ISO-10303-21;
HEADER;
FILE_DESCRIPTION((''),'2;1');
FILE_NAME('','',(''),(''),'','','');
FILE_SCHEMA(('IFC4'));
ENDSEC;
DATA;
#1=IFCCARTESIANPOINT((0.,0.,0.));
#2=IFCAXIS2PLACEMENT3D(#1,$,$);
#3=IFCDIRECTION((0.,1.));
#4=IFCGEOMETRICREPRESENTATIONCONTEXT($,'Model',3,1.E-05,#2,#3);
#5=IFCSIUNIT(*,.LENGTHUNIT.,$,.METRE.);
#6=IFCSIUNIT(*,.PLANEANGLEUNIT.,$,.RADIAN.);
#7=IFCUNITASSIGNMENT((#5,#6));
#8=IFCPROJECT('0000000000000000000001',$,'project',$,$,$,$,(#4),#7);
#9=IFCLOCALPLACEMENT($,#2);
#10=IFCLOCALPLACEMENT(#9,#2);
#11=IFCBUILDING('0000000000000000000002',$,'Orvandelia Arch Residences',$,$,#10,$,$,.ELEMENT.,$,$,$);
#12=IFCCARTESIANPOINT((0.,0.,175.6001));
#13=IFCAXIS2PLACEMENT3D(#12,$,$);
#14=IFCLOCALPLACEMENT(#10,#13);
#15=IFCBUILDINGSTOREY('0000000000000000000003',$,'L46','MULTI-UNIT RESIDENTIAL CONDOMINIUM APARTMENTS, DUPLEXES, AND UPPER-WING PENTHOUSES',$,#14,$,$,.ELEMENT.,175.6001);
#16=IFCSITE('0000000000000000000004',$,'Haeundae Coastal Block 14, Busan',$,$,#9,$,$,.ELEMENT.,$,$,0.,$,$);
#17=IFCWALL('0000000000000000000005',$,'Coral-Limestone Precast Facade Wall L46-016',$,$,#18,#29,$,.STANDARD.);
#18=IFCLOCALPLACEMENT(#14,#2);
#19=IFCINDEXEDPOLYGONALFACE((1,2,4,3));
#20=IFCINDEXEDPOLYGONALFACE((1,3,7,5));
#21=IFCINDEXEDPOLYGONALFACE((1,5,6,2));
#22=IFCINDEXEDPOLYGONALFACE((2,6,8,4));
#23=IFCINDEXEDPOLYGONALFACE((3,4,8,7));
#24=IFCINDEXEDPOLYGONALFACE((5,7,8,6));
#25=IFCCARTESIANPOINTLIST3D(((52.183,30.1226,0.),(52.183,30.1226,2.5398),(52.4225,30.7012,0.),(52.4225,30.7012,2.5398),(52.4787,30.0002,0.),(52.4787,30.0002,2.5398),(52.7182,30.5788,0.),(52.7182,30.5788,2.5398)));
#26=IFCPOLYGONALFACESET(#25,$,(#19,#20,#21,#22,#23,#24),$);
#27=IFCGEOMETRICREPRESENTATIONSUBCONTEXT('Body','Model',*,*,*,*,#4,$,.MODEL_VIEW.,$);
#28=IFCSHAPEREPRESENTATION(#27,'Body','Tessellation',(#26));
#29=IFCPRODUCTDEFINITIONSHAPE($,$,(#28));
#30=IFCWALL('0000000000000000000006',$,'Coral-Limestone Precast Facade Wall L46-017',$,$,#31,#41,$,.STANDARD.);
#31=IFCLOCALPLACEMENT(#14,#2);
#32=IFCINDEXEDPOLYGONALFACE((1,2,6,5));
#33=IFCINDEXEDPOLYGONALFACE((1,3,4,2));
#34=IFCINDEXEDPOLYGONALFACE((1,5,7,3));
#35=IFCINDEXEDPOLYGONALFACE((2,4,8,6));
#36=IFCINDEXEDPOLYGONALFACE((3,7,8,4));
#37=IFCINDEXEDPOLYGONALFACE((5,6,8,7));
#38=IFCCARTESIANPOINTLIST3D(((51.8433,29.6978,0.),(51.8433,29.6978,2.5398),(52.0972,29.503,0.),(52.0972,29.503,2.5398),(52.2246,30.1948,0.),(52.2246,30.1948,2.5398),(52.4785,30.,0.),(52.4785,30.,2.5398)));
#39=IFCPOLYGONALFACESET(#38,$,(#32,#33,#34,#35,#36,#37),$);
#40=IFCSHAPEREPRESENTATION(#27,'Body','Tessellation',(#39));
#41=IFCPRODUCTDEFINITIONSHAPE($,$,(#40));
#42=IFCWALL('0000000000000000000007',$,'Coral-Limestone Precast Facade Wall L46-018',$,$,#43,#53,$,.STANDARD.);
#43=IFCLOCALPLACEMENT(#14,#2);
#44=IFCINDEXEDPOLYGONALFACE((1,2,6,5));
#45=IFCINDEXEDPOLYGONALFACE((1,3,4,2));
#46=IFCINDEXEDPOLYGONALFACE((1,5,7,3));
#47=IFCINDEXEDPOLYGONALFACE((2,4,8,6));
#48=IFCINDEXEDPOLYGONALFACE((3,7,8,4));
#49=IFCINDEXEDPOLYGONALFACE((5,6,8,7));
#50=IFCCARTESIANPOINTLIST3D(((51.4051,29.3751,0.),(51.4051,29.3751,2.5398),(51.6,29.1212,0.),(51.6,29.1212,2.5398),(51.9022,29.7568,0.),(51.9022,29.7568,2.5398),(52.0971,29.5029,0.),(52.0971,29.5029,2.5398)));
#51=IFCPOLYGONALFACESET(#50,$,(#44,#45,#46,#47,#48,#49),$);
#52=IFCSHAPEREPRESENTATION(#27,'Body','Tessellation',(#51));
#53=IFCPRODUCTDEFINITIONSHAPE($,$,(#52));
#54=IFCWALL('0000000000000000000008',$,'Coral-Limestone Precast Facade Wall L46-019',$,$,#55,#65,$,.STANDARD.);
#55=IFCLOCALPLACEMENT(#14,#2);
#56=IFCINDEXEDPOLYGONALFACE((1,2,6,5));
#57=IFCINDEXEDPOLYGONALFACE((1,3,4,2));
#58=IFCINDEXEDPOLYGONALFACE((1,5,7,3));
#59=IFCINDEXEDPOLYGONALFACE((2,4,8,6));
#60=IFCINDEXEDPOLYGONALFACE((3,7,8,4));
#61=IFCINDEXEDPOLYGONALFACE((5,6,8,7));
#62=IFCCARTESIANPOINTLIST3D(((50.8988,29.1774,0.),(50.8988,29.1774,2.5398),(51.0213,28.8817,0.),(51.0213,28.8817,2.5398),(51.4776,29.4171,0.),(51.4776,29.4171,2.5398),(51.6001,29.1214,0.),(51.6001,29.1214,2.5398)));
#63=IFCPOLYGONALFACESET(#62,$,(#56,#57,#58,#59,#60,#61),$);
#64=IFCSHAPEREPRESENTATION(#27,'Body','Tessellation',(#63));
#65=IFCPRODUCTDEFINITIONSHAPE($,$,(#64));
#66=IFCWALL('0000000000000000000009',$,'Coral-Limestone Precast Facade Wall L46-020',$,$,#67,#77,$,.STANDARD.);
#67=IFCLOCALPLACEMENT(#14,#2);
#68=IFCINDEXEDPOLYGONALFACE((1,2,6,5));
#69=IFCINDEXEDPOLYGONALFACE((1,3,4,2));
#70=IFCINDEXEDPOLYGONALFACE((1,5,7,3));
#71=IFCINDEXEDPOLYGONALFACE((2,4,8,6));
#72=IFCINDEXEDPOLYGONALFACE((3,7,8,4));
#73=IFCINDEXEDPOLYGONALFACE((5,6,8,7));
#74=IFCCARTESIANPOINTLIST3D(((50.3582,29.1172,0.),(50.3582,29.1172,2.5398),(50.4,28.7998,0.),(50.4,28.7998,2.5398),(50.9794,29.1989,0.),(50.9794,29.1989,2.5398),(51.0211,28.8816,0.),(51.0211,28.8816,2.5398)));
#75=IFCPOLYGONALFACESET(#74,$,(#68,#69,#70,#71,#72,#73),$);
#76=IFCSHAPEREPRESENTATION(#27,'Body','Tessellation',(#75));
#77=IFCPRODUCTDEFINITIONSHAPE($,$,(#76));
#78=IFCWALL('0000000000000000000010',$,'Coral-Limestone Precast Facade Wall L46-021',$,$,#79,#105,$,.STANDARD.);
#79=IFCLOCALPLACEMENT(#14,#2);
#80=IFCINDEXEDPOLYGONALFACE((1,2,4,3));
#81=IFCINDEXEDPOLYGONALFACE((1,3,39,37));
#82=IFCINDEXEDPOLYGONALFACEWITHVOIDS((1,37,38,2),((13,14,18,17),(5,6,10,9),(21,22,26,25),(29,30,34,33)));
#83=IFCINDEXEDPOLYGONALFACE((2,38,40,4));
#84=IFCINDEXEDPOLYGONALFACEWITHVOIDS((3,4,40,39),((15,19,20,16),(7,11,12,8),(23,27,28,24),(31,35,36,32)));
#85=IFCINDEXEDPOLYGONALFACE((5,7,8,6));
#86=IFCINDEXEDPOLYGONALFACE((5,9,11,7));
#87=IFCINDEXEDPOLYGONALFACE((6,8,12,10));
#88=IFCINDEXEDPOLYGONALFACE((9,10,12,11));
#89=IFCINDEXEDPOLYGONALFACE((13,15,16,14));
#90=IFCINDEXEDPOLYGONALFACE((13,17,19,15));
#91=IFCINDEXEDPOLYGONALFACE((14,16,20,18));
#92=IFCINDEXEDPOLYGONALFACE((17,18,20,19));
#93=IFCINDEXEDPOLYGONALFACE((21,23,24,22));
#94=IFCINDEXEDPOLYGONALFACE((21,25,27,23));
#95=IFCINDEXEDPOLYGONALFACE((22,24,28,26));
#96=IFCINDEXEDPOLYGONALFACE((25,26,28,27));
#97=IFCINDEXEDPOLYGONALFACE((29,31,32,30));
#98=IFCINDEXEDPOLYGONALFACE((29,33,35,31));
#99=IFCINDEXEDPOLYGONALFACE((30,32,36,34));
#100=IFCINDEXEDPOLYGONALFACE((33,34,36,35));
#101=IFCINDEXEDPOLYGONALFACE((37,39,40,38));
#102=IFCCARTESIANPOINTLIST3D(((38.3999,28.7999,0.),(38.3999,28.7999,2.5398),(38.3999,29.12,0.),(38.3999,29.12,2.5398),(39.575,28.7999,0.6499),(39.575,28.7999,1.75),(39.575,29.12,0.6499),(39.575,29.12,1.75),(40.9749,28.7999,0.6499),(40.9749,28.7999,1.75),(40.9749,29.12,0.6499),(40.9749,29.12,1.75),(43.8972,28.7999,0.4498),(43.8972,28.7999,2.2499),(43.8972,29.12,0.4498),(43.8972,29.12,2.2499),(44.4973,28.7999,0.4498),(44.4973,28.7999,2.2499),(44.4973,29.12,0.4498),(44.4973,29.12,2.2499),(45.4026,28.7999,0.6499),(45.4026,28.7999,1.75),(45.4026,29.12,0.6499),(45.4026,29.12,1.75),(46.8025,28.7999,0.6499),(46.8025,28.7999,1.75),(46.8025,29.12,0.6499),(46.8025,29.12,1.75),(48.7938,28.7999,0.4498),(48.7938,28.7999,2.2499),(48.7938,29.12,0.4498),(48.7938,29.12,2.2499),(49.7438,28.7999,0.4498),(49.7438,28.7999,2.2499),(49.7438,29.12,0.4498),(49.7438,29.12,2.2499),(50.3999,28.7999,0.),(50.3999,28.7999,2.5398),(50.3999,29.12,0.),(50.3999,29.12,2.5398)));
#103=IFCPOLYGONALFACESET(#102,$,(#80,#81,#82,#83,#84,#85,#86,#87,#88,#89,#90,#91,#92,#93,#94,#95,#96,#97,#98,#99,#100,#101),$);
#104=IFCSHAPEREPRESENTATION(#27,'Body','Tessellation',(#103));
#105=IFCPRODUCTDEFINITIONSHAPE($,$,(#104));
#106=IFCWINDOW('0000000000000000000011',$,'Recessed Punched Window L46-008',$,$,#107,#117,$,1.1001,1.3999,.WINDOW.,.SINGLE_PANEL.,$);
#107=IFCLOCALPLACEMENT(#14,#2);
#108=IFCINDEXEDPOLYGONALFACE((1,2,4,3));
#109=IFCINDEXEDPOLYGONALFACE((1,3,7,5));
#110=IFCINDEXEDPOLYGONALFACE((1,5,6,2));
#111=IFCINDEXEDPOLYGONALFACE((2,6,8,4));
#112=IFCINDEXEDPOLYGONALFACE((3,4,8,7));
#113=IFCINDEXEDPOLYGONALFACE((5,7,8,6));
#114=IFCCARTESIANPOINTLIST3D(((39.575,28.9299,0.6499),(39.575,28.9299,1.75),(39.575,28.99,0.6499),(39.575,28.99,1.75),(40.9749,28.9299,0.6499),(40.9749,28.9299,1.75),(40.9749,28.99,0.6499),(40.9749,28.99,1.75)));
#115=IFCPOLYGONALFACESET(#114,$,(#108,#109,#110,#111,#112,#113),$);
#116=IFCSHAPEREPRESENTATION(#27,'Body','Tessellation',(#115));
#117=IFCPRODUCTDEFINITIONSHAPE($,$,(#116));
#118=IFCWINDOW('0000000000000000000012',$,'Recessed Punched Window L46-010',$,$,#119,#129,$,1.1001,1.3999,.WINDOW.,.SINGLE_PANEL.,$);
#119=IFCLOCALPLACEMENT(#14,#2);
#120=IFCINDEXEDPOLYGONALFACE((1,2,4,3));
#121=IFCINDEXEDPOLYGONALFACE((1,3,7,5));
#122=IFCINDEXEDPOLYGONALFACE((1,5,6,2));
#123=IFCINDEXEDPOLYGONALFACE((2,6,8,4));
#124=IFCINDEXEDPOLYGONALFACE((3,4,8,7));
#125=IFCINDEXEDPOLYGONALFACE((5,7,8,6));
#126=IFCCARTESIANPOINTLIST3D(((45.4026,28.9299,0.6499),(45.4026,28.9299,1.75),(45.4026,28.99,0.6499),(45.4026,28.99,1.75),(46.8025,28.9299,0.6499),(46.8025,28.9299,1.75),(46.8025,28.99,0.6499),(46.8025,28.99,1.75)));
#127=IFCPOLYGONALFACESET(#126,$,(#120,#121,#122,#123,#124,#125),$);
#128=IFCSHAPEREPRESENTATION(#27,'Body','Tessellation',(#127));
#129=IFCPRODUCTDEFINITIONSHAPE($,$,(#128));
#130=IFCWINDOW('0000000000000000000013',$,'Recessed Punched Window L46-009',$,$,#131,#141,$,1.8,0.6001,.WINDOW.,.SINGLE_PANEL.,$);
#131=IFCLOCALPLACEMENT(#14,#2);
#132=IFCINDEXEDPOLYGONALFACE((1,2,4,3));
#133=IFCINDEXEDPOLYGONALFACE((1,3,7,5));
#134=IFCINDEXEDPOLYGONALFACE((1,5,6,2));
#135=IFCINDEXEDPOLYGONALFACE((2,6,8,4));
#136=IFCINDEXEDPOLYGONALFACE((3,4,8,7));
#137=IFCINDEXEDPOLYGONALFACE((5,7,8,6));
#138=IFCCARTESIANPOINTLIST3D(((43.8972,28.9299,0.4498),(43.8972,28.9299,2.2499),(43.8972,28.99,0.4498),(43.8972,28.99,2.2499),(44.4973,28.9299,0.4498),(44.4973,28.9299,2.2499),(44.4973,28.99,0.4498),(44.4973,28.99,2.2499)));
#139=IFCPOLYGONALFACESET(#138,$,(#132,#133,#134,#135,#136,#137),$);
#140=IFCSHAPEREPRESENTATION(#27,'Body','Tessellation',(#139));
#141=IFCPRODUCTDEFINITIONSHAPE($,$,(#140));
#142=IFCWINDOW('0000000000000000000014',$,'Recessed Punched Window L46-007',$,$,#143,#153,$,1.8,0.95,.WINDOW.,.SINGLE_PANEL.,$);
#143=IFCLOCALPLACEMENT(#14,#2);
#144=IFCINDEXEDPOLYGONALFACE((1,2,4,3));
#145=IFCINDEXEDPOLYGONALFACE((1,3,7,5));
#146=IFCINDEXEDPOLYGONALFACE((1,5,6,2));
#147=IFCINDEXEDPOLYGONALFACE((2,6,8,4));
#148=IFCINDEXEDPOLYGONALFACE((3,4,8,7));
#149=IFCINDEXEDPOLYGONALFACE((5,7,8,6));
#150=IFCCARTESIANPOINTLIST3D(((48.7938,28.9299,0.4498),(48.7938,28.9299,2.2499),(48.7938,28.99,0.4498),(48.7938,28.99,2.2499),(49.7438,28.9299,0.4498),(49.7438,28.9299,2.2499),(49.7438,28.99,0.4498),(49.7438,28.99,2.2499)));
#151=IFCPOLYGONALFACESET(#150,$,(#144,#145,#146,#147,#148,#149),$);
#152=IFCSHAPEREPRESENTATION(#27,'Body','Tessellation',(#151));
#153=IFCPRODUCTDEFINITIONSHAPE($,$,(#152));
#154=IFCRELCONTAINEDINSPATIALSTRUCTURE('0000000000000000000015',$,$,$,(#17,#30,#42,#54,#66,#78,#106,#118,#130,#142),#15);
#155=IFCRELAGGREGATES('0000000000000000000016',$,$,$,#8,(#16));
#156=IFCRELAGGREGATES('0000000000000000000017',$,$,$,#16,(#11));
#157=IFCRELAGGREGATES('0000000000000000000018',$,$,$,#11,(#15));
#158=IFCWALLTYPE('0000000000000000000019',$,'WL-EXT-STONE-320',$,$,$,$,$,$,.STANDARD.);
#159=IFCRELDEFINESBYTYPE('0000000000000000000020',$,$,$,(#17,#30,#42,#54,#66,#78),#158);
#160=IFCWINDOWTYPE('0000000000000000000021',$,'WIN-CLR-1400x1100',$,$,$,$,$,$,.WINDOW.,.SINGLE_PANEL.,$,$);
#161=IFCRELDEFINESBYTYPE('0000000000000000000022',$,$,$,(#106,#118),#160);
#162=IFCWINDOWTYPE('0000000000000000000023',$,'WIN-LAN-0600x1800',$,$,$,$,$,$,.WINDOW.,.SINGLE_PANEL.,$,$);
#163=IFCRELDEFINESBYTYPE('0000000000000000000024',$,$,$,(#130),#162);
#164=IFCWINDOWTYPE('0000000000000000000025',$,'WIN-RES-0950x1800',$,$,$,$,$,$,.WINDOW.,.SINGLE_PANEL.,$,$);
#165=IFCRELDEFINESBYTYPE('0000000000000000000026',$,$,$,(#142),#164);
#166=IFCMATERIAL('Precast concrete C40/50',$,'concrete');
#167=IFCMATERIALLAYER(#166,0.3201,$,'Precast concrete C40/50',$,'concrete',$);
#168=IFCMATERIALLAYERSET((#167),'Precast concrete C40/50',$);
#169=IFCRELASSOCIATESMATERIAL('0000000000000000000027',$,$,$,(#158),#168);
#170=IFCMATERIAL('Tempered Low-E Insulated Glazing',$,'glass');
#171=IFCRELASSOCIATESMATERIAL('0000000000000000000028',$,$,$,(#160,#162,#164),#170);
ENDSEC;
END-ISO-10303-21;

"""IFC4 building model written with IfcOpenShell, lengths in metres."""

from ifc_helpers import new_model, si_unit, direction, frame, frame_2d, origin, place, context, subcontext, project, spatial, rectangle, extrude, material, layer, layer_set, type_object, element, fill, save


model = new_model("IFC4")

# Units and contexts
model_context = context("Model", 3, precision=1e-05, world=origin(), true_north=direction((0.0, 1.0)))
body_context = subcontext(model_context, "Body", "Model", "MODEL_VIEW")
ifc_project = project(units=[si_unit("LENGTHUNIT", "METRE"), si_unit("PLANEANGLEUNIT", "RADIAN")], contexts=[model_context])

# Site, building, storey
site_placement = place(None, origin())
site = spatial("IfcSite", under=ifc_project, at=site_placement, Name="Haeundae Coastal Block 14, Busan", CompositionType="ELEMENT", RefElevation=0.0)
building_placement = place(site_placement, origin())
building = spatial("IfcBuilding", under=site, at=building_placement, Name="Orvandelia Arch Residences", CompositionType="ELEMENT")
storey_placement = place(building_placement, frame((0.0, 0.0, 175.6001)))
storey = spatial("IfcBuildingStorey", under=building, at=storey_placement, Name="L46", Description="MULTI-UNIT RESIDENTIAL CONDOMINIUM APARTMENTS, DUPLEXES, AND UPPER-WING PENTHOUSES", CompositionType="ELEMENT", Elevation=175.6001)

# Walls
ifc_material_1 = material(Name="Precast concrete C40/50", Category="concrete")
ifc_layer_1 = layer(ifc_material_1, 0.3201, Name="Precast concrete C40/50", Category="concrete")
ifc_layer_set_1 = layer_set([ifc_layer_1], Name="Precast concrete C40/50")
wall_type_1 = type_object("IfcWallType", Name="WL-EXT-STONE-320", PredefinedType="STANDARD", material=ifc_layer_set_1)
wall_1_placement = place(storey_placement, frame((52.5703, 30.6399, 0.0), z_axis=(0.0, 0.0, 1.0), x_axis=(-0.382455, -0.923974, 0.0)))
element("IfcWall", 1, at=wall_1_placement, inside=storey, type_object=wall_type_1, Name="Coral-Limestone Precast Facade Wall L46-016", PredefinedType="STANDARD", context=body_context, shape_type="SweptSolid", body=[
    extrude(rectangle(XDim=0.6262, YDim=0.3201, at=frame_2d((0.313, 0.0))), origin(), (0.0, 0.0, 1.0), 2.5398),
])
wall_2_placement = place(storey_placement, frame((52.3516, 30.0974, 0.0), z_axis=(0.0, 0.0, 1.0), x_axis=(-0.608693, -0.793406, 0.0)))
element("IfcWall", 2, at=wall_2_placement, inside=storey, type_object=wall_type_1, Name="Coral-Limestone Precast Facade Wall L46-017", PredefinedType="STANDARD", context=body_context, shape_type="SweptSolid", body=[
    extrude(rectangle(XDim=0.6265, YDim=0.3201, at=frame_2d((0.3132, 0.0))), origin(), (0.0, 0.0, 1.0), 2.5398),
])
wall_3_placement = place(storey_placement, frame((51.9998, 29.6299, 0.0), z_axis=(0.0, 0.0, 1.0), x_axis=(-0.793217, -0.608939, 0.0)))
element("IfcWall", 3, at=wall_3_placement, inside=storey, type_object=wall_type_1, Name="Coral-Limestone Precast Facade Wall L46-018", PredefinedType="STANDARD", context=body_context, shape_type="SweptSolid", body=[
    extrude(rectangle(XDim=0.6267, YDim=0.3201, at=frame_2d((0.3135, 0.0))), origin(), (0.0, 0.0, 1.0), 2.5398),
])
for number, where, z_axis, x_axis, name in (
    (4, (51.5388, 29.2693, 0.0), (0.0, 0.0, 1.0), (-0.923893, -0.38265, 0.0), "Coral-Limestone Precast Facade Wall L46-019"),
    (5, (51.0002, 29.0403, 0.0), (0.0, 0.0, 1.0), (-0.991441, -0.130555, 0.0), "Coral-Limestone Precast Facade Wall L46-020"),
):
    element("IfcWall", number, at=place(storey_placement, frame(where, z_axis=z_axis, x_axis=x_axis)), inside=storey, type_object=wall_type_1, Name=name, PredefinedType="STANDARD", context=body_context, shape_type="SweptSolid", body=[
        extrude(rectangle(XDim=0.6265, YDim=0.3201, at=frame_2d((0.3132, 0.0))), origin(), (0.0, 0.0, 1.0), 2.5398),
    ])

# Wall, openings, windows
wall_4_placement = place(storey_placement, frame((50.3999, 28.96, 0.0), z_axis=(0.0, 0.0, 1.0), x_axis=(-1.0, 0.0, 0.0)))
wall_4 = element("IfcWall", 6, at=wall_4_placement, inside=storey, type_object=wall_type_1, Name="Coral-Limestone Precast Facade Wall L46-021", PredefinedType="STANDARD", context=body_context, shape_type="SweptSolid", body=[
    extrude(rectangle(XDim=12.0, YDim=0.3201, at=frame_2d((6.0, 0.0))), origin(), (0.0, 0.0, 1.0), 2.5398),
])
opening_1_placement = place(wall_4_placement, frame((0.656, 0.0, 0.45)))
opening_1 = element("IfcOpeningElement", 7, at=opening_1_placement, cuts=wall_4, PredefinedType="OPENING", context=body_context, shape_type="SweptSolid", body=[
    extrude(rectangle(XDim=0.95, YDim=1.8, at=frame_2d((0.4751, 0.8999))), frame((0.0, 0.1699, 0.0), z_axis=(0.0, -1.0, 0.0), x_axis=(1.0, 0.0, 0.0)), (0.0, 0.0, 1.0), 0.3401),
])
opening_2_placement = place(wall_4_placement, frame((9.425, 0.0, 0.6499)))
opening_2 = element("IfcOpeningElement", 8, at=opening_2_placement, cuts=wall_4, PredefinedType="OPENING", context=body_context, shape_type="SweptSolid", body=[
    extrude(rectangle(XDim=1.3999, YDim=1.1001, at=frame_2d((0.7, 0.55))), frame((0.0, 0.1699, 0.0), z_axis=(0.0, -1.0, 0.0), x_axis=(1.0, 0.0, 0.0)), (0.0, 0.0, 1.0), 0.3401),
])
opening_3_placement = place(wall_4_placement, frame((5.9026, 0.0, 0.45)))
opening_3 = element("IfcOpeningElement", 9, at=opening_3_placement, cuts=wall_4, PredefinedType="OPENING", context=body_context, shape_type="SweptSolid", body=[
    extrude(rectangle(XDim=0.6001, YDim=1.8, at=frame_2d((0.3, 0.8999))), frame((0.0, 0.1699, 0.0), z_axis=(0.0, -1.0, 0.0), x_axis=(1.0, 0.0, 0.0)), (0.0, 0.0, 1.0), 0.3401),
])
opening_4_placement = place(wall_4_placement, frame((3.5974, 0.0, 0.6499)))
opening_4 = element("IfcOpeningElement", 10, at=opening_4_placement, cuts=wall_4, PredefinedType="OPENING", context=body_context, shape_type="SweptSolid", body=[
    extrude(rectangle(XDim=1.3999, YDim=1.1001, at=frame_2d((0.7, 0.55))), frame((0.0, 0.1699, 0.0), z_axis=(0.0, -1.0, 0.0), x_axis=(1.0, 0.0, 0.0)), (0.0, 0.0, 1.0), 0.3401),
])
ifc_material_2 = material(Name="Tempered Low-E Insulated Glazing", Category="glass")
window_type_1 = type_object("IfcWindowType", Name="WIN-CLR-1400x1100", PartitioningType="SINGLE_PANEL", PredefinedType="WINDOW", material=ifc_material_2)
window_1_placement = place(opening_2_placement, origin())
window_1 = element("IfcWindow", 11, at=window_1_placement, inside=storey, type_object=window_type_1, Name="Recessed Punched Window L46-008", OverallHeight=1.1001, OverallWidth=1.3999, PartitioningType="SINGLE_PANEL", PredefinedType="WINDOW", context=body_context, shape_type="SweptSolid", body=[
    extrude(rectangle(XDim=1.3999, YDim=1.1001, at=frame_2d((0.7, 0.55))), frame((0.0, 0.03, 0.0), z_axis=(0.0, -1.0, 0.0), x_axis=(1.0, 0.0, 0.0)), (0.0, 0.0, 1.0), 0.0601),
])
fill(opening_2, window_1)
window_2_placement = place(opening_4_placement, origin())
window_2 = element("IfcWindow", 12, at=window_2_placement, inside=storey, type_object=window_type_1, Name="Recessed Punched Window L46-010", OverallHeight=1.1001, OverallWidth=1.3999, PartitioningType="SINGLE_PANEL", PredefinedType="WINDOW", context=body_context, shape_type="SweptSolid", body=[
    extrude(rectangle(XDim=1.3999, YDim=1.1001, at=frame_2d((0.7, 0.55))), frame((0.0, 0.03, 0.0), z_axis=(0.0, -1.0, 0.0), x_axis=(1.0, 0.0, 0.0)), (0.0, 0.0, 1.0), 0.0601),
])
fill(opening_4, window_2)
window_type_2 = type_object("IfcWindowType", Name="WIN-LAN-0600x1800", PartitioningType="SINGLE_PANEL", PredefinedType="WINDOW", material=ifc_material_2)
window_3_placement = place(opening_3_placement, origin())
window_3 = element("IfcWindow", 13, at=window_3_placement, inside=storey, type_object=window_type_2, Name="Recessed Punched Window L46-009", OverallHeight=1.8, OverallWidth=0.6001, PartitioningType="SINGLE_PANEL", PredefinedType="WINDOW", context=body_context, shape_type="SweptSolid", body=[
    extrude(rectangle(XDim=0.6001, YDim=1.8, at=frame_2d((0.3, 0.8999))), frame((0.0, 0.03, 0.0), z_axis=(0.0, -1.0, 0.0), x_axis=(1.0, 0.0, 0.0)), (0.0, 0.0, 1.0), 0.0601),
])
fill(opening_3, window_3)
window_type_3 = type_object("IfcWindowType", Name="WIN-RES-0950x1800", PartitioningType="SINGLE_PANEL", PredefinedType="WINDOW", material=ifc_material_2)
window_4_placement = place(opening_1_placement, origin())
window_4 = element("IfcWindow", 14, at=window_4_placement, inside=storey, type_object=window_type_3, Name="Recessed Punched Window L46-007", OverallHeight=1.8, OverallWidth=0.95, PartitioningType="SINGLE_PANEL", PredefinedType="WINDOW", context=body_context, shape_type="SweptSolid", body=[
    extrude(rectangle(XDim=0.95, YDim=1.8, at=frame_2d((0.4751, 0.8999))), frame((0.0, 0.03, 0.0), z_axis=(0.0, -1.0, 0.0), x_axis=(1.0, 0.0, 0.0)), (0.0, 0.0, 1.0), 0.0601),
])
fill(opening_1, window_4)

save(model, "model.ifc")
